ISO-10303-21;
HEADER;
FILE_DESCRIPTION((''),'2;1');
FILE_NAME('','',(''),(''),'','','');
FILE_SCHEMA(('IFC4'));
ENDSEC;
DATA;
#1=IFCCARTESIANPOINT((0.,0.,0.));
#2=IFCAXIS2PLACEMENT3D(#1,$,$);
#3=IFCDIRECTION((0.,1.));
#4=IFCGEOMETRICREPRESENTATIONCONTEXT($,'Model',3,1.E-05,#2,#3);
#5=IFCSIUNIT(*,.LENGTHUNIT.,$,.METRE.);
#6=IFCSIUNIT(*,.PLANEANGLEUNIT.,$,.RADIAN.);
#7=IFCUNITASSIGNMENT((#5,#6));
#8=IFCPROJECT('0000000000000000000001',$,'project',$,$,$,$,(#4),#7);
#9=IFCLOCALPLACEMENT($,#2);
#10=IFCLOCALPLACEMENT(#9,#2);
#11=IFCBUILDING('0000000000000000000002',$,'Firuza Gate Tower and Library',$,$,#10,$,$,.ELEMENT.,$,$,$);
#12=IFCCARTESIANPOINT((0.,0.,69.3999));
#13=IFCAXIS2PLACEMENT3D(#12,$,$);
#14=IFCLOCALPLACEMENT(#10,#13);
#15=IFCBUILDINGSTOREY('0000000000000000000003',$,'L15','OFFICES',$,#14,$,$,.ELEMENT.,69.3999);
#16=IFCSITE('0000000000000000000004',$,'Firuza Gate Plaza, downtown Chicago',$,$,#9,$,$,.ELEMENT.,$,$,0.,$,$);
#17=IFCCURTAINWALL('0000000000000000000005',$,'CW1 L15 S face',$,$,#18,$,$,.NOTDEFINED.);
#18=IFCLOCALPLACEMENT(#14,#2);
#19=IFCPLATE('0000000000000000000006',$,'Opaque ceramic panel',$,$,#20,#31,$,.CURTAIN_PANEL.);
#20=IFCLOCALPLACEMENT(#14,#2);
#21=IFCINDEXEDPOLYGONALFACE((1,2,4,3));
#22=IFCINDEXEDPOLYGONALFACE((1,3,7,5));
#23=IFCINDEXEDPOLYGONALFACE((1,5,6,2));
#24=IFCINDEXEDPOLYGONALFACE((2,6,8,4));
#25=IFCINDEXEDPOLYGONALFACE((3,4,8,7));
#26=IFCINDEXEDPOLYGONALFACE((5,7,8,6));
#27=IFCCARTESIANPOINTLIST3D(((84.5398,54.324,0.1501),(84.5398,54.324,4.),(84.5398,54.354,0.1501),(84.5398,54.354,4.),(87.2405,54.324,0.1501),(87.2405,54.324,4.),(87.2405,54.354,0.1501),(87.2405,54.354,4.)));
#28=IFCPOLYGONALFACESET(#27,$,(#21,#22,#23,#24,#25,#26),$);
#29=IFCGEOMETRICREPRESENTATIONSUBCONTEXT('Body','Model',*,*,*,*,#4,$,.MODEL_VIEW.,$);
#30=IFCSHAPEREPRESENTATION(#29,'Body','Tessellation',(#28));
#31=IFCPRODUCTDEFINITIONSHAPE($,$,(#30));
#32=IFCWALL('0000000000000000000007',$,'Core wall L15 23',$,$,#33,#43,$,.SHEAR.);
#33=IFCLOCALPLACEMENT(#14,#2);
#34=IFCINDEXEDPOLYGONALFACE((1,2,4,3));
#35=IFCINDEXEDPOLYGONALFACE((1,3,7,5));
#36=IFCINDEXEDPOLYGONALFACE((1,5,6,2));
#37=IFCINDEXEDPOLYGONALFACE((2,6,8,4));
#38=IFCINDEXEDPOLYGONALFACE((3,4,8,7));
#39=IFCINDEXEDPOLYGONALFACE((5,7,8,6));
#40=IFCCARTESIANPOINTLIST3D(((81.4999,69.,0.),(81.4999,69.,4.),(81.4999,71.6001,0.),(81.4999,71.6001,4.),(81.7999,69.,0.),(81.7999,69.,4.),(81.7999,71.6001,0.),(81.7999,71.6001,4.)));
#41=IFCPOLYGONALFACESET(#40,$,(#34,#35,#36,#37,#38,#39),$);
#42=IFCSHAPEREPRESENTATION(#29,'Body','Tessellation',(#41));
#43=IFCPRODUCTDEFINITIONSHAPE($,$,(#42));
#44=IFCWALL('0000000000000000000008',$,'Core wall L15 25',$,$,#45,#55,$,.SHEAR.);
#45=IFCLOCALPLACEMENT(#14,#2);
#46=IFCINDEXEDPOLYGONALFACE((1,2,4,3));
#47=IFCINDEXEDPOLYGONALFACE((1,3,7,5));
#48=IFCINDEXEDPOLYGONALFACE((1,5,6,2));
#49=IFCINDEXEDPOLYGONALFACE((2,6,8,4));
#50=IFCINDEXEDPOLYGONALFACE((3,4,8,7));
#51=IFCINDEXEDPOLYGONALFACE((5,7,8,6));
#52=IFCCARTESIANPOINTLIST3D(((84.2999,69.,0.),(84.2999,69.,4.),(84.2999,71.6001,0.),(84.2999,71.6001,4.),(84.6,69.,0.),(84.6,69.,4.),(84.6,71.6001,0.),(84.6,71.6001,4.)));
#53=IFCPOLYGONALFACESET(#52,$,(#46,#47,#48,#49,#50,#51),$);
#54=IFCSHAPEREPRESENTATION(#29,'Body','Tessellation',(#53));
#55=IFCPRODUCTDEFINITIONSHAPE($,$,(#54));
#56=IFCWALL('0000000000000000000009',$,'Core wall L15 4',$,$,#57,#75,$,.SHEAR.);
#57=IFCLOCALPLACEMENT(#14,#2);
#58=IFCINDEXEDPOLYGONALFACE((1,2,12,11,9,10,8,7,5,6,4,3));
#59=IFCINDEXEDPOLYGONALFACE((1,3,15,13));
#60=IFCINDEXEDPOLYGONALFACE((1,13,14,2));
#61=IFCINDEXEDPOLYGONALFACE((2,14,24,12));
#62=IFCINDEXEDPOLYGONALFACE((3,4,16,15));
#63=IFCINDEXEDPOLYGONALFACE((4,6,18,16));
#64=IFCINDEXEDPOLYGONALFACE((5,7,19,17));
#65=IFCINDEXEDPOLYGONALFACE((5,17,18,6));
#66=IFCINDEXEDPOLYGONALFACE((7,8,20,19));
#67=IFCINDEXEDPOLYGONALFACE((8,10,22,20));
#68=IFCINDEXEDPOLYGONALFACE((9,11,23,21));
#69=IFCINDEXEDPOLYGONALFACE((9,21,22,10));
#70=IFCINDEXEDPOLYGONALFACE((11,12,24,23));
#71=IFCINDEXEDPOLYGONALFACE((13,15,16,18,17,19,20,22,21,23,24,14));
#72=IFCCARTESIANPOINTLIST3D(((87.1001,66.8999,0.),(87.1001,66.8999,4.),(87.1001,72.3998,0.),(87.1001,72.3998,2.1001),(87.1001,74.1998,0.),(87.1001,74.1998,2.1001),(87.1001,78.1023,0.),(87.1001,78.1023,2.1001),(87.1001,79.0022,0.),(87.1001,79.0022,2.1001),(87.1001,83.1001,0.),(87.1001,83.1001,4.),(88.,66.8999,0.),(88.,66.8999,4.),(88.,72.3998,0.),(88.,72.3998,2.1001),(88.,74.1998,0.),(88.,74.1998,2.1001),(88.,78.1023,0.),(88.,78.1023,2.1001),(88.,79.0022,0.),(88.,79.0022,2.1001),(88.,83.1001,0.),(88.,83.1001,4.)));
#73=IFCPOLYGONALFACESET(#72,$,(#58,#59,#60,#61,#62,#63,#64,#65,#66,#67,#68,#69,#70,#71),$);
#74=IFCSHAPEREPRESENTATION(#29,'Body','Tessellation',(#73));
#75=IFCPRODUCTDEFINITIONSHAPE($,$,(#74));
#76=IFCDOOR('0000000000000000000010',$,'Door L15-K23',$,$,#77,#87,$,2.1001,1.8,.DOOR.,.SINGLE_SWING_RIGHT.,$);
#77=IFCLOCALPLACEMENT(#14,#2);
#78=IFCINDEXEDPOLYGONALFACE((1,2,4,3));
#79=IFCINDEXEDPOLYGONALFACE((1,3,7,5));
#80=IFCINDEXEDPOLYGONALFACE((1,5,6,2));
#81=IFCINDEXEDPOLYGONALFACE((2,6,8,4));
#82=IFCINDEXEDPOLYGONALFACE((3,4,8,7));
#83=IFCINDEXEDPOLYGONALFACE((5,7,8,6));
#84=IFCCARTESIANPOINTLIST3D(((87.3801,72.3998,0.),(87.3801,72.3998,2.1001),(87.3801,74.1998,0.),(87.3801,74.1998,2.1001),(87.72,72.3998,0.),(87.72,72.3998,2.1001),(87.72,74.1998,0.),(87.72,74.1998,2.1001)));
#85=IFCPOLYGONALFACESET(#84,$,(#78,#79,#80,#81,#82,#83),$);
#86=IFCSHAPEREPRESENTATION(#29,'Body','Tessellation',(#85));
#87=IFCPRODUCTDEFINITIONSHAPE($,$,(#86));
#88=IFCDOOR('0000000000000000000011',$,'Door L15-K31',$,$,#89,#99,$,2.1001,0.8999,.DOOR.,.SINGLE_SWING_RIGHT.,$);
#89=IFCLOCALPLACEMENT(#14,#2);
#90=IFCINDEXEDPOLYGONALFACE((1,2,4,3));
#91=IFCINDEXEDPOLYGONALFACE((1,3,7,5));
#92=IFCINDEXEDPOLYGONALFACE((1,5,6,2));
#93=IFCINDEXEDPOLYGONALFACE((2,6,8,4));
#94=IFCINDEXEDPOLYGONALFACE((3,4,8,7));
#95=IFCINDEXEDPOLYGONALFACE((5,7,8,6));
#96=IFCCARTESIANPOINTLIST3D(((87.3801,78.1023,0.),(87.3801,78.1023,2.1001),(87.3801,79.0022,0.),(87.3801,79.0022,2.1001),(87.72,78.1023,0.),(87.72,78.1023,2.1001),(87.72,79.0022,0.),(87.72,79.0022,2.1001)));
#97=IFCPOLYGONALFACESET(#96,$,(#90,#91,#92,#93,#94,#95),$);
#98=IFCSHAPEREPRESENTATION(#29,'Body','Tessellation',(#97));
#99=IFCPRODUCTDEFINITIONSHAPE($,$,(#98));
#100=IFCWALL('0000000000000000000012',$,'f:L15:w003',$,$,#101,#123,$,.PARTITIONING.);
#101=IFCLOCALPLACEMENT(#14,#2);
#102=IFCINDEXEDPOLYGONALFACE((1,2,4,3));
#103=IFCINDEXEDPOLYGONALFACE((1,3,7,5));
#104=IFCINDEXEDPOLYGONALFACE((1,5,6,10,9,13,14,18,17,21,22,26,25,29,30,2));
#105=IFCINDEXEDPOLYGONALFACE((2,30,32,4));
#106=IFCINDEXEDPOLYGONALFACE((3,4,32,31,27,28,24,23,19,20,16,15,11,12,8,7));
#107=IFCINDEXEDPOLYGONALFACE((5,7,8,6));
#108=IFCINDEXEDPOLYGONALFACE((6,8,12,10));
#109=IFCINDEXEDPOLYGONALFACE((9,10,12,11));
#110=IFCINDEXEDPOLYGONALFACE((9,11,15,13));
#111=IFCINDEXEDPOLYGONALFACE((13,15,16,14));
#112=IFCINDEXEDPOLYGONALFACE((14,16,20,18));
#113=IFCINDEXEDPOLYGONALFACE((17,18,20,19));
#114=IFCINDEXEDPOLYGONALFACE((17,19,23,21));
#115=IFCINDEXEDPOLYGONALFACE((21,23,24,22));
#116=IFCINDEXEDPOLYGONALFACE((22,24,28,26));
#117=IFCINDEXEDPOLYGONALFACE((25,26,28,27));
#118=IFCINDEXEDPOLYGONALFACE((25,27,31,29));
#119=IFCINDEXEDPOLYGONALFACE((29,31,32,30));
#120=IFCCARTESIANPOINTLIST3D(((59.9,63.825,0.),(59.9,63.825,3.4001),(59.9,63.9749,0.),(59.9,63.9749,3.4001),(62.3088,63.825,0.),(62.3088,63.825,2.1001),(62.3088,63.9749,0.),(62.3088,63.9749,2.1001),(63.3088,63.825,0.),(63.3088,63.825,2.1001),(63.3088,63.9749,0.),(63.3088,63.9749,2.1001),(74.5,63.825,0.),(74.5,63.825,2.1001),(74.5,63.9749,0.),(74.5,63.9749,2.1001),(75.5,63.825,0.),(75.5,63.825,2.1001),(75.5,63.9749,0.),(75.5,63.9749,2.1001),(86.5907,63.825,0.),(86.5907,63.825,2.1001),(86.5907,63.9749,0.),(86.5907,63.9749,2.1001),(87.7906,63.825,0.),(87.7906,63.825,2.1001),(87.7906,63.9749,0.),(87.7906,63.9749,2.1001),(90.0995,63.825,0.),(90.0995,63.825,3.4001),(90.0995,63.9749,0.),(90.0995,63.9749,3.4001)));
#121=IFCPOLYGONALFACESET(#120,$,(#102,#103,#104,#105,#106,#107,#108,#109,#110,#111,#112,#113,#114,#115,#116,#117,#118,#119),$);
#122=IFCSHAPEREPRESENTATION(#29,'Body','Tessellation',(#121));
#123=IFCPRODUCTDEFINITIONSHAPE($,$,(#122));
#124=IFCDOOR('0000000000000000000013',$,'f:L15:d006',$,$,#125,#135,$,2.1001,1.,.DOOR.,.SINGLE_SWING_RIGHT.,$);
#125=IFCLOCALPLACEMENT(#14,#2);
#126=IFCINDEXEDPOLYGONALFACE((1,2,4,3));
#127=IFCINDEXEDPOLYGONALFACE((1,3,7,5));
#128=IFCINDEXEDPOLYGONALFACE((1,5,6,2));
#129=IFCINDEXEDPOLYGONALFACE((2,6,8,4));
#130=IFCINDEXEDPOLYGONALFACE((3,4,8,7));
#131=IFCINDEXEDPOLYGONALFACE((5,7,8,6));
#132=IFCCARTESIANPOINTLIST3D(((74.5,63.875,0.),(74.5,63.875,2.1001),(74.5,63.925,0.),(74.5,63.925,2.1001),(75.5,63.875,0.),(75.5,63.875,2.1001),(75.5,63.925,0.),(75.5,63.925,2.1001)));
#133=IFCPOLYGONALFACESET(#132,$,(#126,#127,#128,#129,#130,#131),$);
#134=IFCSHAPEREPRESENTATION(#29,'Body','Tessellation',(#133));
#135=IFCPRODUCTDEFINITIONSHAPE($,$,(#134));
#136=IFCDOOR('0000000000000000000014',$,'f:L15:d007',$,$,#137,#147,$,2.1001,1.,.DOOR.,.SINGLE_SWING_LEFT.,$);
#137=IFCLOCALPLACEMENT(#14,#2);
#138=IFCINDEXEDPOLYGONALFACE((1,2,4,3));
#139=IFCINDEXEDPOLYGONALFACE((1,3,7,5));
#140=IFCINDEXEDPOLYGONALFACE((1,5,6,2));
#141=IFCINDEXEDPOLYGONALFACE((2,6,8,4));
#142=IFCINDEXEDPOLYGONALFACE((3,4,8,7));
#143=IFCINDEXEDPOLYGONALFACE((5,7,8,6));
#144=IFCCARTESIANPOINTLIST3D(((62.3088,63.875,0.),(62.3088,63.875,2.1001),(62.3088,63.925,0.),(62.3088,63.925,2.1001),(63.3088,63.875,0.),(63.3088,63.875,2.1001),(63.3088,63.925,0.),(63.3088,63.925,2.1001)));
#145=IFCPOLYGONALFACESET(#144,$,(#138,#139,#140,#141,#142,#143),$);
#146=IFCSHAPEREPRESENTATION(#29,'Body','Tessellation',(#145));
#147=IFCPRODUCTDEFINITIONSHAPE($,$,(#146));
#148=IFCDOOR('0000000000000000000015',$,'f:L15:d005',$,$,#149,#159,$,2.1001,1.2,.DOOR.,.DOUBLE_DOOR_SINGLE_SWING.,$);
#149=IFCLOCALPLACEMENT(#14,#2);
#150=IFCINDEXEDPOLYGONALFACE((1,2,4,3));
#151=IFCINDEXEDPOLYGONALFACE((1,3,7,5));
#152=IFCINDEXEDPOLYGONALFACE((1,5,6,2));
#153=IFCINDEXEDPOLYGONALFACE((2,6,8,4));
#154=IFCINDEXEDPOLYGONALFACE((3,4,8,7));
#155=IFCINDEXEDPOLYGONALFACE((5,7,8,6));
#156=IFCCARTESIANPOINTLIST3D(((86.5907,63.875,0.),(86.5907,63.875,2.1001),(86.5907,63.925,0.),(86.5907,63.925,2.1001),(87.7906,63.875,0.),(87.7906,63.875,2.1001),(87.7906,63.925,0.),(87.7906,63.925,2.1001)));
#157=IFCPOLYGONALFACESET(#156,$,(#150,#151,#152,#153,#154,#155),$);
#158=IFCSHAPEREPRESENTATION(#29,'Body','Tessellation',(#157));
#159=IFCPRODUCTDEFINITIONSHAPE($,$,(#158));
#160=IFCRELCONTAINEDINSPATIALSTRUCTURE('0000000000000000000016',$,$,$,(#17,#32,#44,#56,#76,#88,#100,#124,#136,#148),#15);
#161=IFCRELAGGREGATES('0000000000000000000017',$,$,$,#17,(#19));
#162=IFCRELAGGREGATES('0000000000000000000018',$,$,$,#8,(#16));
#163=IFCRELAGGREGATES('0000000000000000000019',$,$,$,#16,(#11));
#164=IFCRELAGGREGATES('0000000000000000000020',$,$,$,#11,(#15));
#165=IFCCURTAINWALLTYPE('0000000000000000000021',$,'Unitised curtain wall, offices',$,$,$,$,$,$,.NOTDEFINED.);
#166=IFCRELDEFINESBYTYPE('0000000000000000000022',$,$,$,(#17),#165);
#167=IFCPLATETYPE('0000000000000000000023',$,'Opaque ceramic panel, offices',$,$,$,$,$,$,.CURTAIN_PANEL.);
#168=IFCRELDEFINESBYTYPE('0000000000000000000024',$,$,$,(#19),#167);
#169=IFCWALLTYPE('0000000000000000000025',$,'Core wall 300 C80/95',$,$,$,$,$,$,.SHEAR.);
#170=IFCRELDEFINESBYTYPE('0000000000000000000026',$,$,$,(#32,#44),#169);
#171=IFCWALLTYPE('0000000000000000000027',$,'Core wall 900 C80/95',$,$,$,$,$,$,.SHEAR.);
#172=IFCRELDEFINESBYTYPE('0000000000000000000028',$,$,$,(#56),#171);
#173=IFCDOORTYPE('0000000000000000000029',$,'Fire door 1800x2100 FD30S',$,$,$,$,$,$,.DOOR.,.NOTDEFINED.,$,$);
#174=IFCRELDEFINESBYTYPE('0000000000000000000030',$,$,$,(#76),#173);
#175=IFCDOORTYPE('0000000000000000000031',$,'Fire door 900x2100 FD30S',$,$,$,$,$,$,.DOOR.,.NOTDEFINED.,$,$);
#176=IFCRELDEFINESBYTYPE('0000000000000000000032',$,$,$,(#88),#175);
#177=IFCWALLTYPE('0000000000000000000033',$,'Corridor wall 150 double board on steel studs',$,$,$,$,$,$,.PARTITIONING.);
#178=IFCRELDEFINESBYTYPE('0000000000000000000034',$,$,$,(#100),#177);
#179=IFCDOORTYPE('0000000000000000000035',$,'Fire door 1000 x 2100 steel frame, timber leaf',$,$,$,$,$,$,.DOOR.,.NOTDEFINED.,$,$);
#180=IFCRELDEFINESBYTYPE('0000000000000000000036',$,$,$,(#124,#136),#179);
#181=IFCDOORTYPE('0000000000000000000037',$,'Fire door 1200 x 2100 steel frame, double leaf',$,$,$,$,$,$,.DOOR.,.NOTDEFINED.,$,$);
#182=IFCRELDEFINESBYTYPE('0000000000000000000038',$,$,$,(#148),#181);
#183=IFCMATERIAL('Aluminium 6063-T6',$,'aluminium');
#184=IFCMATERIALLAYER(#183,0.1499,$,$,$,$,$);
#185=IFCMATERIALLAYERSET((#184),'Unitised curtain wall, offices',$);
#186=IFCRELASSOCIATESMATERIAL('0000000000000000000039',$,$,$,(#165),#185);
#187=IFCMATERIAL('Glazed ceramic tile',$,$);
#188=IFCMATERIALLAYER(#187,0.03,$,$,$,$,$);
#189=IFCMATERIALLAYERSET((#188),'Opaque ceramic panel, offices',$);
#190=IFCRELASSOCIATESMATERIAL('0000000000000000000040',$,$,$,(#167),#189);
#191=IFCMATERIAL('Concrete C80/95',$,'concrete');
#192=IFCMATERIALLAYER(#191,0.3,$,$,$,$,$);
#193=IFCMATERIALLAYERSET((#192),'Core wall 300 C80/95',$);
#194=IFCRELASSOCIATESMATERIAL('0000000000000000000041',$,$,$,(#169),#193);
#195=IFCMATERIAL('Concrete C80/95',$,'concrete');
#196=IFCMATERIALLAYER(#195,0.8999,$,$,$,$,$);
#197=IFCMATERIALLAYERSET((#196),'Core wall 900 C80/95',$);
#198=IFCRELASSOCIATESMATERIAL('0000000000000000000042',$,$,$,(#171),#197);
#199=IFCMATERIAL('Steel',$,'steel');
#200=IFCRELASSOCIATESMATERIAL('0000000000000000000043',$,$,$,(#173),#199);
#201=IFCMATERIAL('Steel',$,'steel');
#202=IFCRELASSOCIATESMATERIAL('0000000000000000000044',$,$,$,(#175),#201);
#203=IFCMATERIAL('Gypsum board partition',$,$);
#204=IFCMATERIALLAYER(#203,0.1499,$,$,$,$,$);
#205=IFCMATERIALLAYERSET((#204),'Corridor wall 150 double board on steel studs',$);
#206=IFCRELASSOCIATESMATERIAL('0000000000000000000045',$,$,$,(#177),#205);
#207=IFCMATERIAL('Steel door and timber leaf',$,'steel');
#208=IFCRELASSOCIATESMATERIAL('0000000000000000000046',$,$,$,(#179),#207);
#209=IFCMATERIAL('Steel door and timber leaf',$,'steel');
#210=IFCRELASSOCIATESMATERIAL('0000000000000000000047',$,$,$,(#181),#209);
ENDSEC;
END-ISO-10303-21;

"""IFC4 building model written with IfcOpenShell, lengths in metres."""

from ifc_helpers import new_model, si_unit, direction, frame, frame_2d, origin, place, context, subcontext, project, spatial, polyline, rectangle, outline, extrude, material, layer, layer_set, type_object, element, fill, aggregate, save


model = new_model("IFC4")

# Units and contexts
model_context = context("Model", 3, precision=1e-05, world=origin(), true_north=direction((0.0, 1.0)))
body_context = subcontext(model_context, "Body", "Model", "MODEL_VIEW")
ifc_project = project(units=[si_unit("LENGTHUNIT", "METRE"), si_unit("PLANEANGLEUNIT", "RADIAN")], contexts=[model_context])

# Site, building, storey
site_placement = place(None, origin())
site = spatial("IfcSite", under=ifc_project, at=site_placement, Name="Firuza Gate Plaza, downtown Chicago", CompositionType="ELEMENT", RefElevation=0.0)
building_placement = place(site_placement, origin())
building = spatial("IfcBuilding", under=site, at=building_placement, Name="Firuza Gate Tower and Library", CompositionType="ELEMENT")
storey_placement = place(building_placement, frame((0.0, 0.0, 69.3999)))
storey = spatial("IfcBuildingStorey", under=building, at=storey_placement, Name="L15", Description="OFFICES", CompositionType="ELEMENT", Elevation=69.3999)

# Curtain wall
ifc_material_1 = material(Name="Aluminium 6063-T6", Category="aluminium")
ifc_layer_1 = layer(ifc_material_1, 0.1499)
ifc_layer_set_1 = layer_set([ifc_layer_1], Name="Unitised curtain wall, offices")
curtain_wall_type = type_object("IfcCurtainWallType", Name="Unitised curtain wall, offices", PredefinedType="NOTDEFINED", material=ifc_layer_set_1)
curtain_wall_placement = place(storey_placement, origin())
curtain_wall = element("IfcCurtainWall", 1, at=curtain_wall_placement, inside=storey, type_object=curtain_wall_type, Name="CW1 L15 S face", PredefinedType="NOTDEFINED")

# Plate
ifc_material_2 = material(Name="Glazed ceramic tile")
ifc_layer_2 = layer(ifc_material_2, 0.03)
ifc_layer_set_2 = layer_set([ifc_layer_2], Name="Opaque ceramic panel, offices")
plate_type_1 = type_object("IfcPlateType", Name="Opaque ceramic panel, offices", PredefinedType="CURTAIN_PANEL", material=ifc_layer_set_2)
plate_1_placement = place(storey_placement, frame((84.5398, 54.324, 0.1501), z_axis=(0.0, -1.0, 0.0), x_axis=(1.0, 0.0, 0.0)))
plate_1 = element("IfcPlate", 2, at=plate_1_placement, type_object=plate_type_1, Name="Opaque ceramic panel", PredefinedType="CURTAIN_PANEL", context=body_context, shape_type="SweptSolid", body=[
    extrude(outline(polyline([(0.0, 0.0), (2.7007, 0.0), (2.7007, 3.8499), (0.0, 3.8499), (0.0, 0.0)])), origin(), (0.0, 0.0, -1.0), 0.03),
])
aggregate(curtain_wall, [plate_1])

# Walls
ifc_material_3 = material(Name="Concrete C80/95", Category="concrete")
ifc_layer_3 = layer(ifc_material_3, 0.3)
ifc_layer_set_3 = layer_set([ifc_layer_3], Name="Core wall 300 C80/95")
wall_type_1 = type_object("IfcWallType", Name="Core wall 300 C80/95", PredefinedType="SHEAR", material=ifc_layer_set_3)
for number, where, z_axis, x_axis, name in (
    (3, (81.6499, 69.0, 0.0), (0.0, 0.0, 1.0), (0.0, 1.0, 0.0), "Core wall L15 23"),
    (4, (84.45, 69.0, 0.0), (0.0, 0.0, 1.0), (0.0, 1.0, 0.0), "Core wall L15 25"),
):
    element("IfcWall", number, at=place(storey_placement, frame(where, z_axis=z_axis, x_axis=x_axis)), inside=storey, type_object=wall_type_1, Name=name, PredefinedType="SHEAR", context=body_context, shape_type="SweptSolid", body=[
        extrude(rectangle(XDim=2.6001, YDim=0.3, at=frame_2d((1.3, 0.0))), origin(), (0.0, 0.0, 1.0), 4.0),
    ])

# Walls, openings, doors
ifc_material_4 = material(Name="Concrete C80/95", Category="concrete")
ifc_layer_4 = layer(ifc_material_4, 0.8999)
ifc_layer_set_4 = layer_set([ifc_layer_4], Name="Core wall 900 C80/95")
wall_type_2 = type_object("IfcWallType", Name="Core wall 900 C80/95", PredefinedType="SHEAR", material=ifc_layer_set_4)
wall_1_placement = place(storey_placement, frame((87.55, 66.8999, 0.0), z_axis=(0.0, 0.0, 1.0), x_axis=(0.0, 1.0, 0.0)))
wall_1 = element("IfcWall", 5, at=wall_1_placement, inside=storey, type_object=wall_type_2, Name="Core wall L15 4", PredefinedType="SHEAR", context=body_context, shape_type="SweptSolid", body=[
    extrude(rectangle(XDim=16.2002, YDim=0.8999, at=frame_2d((8.1001, 0.0))), origin(), (0.0, 0.0, 1.0), 4.0),
])
opening_1_placement = place(wall_1_placement, frame((5.5, 0.0, 0.0)))
opening_1 = element("IfcOpeningElement", 6, at=opening_1_placement, cuts=wall_1, PredefinedType="OPENING", context=body_context, shape_type="SweptSolid", body=[
    extrude(rectangle(XDim=1.8, YDim=2.1001, at=frame_2d((0.8999, 1.05))), frame((0.0, 0.46, 0.0), z_axis=(0.0, -1.0, 0.0), x_axis=(1.0, 0.0, 0.0)), (0.0, 0.0, 1.0), 0.9199),
])
opening_2_placement = place(wall_1_placement, frame((11.2024, 0.0, 0.0)))
opening_2 = element("IfcOpeningElement", 7, at=opening_2_placement, cuts=wall_1, PredefinedType="OPENING", context=body_context, shape_type="SweptSolid", body=[
    extrude(rectangle(XDim=0.8999, YDim=2.1001, at=frame_2d((0.45, 1.05))), frame((0.0, 0.46, 0.0), z_axis=(0.0, -1.0, 0.0), x_axis=(1.0, 0.0, 0.0)), (0.0, 0.0, 1.0), 0.9199),
])
ifc_material_5 = material(Name="Steel", Category="steel")
door_type_1 = type_object("IfcDoorType", Name="Fire door 1800x2100 FD30S", OperationType="NOTDEFINED", PredefinedType="DOOR", material=ifc_material_5)
door_1_placement = place(opening_1_placement, origin())
door_1 = element("IfcDoor", 8, at=door_1_placement, inside=storey, type_object=door_type_1, Name="Door L15-K23", OperationType="SINGLE_SWING_RIGHT", OverallHeight=2.1001, OverallWidth=1.8, PredefinedType="DOOR", context=body_context, shape_type="SweptSolid", body=[
    extrude(rectangle(XDim=1.8, YDim=2.1001, at=frame_2d((0.8999, 1.05))), frame((0.0, 0.1699, 0.0), z_axis=(0.0, -1.0, 0.0), x_axis=(1.0, 0.0, 0.0)), (0.0, 0.0, 1.0), 0.3398),
])
fill(opening_1, door_1)
ifc_material_6 = material(Name="Steel", Category="steel")
door_type_2 = type_object("IfcDoorType", Name="Fire door 900x2100 FD30S", OperationType="NOTDEFINED", PredefinedType="DOOR", material=ifc_material_6)
door_2_placement = place(opening_2_placement, origin())
door_2 = element("IfcDoor", 9, at=door_2_placement, inside=storey, type_object=door_type_2, Name="Door L15-K31", OperationType="SINGLE_SWING_RIGHT", OverallHeight=2.1001, OverallWidth=0.8999, PredefinedType="DOOR", context=body_context, shape_type="SweptSolid", body=[
    extrude(rectangle(XDim=0.8999, YDim=2.1001, at=frame_2d((0.45, 1.05))), frame((0.0, 0.1699, 0.0), z_axis=(0.0, -1.0, 0.0), x_axis=(1.0, 0.0, 0.0)), (0.0, 0.0, 1.0), 0.3398),
])
fill(opening_2, door_2)
ifc_material_7 = material(Name="Gypsum board partition")
ifc_layer_5 = layer(ifc_material_7, 0.1499)
ifc_layer_set_5 = layer_set([ifc_layer_5], Name="Corridor wall 150 double board on steel studs")
wall_type_3 = type_object("IfcWallType", Name="Corridor wall 150 double board on steel studs", PredefinedType="PARTITIONING", material=ifc_layer_set_5)
wall_2_placement = place(storey_placement, frame((90.0994, 63.8999, 0.0), z_axis=(0.0, 0.0, 1.0), x_axis=(-1.0, 0.0, 0.0)))
wall_2 = element("IfcWall", 10, at=wall_2_placement, inside=storey, type_object=wall_type_3, Name="f:L15:w003", PredefinedType="PARTITIONING", context=body_context, shape_type="SweptSolid", body=[
    extrude(rectangle(XDim=30.1995, YDim=0.1499, at=frame_2d((15.0996, 0.0))), origin(), (0.0, 0.0, 1.0), 3.4001),
])
opening_3_placement = place(wall_2_placement, frame((2.3086, 0.0, 0.0)))
opening_3 = element("IfcOpeningElement", 11, at=opening_3_placement, cuts=wall_2, PredefinedType="OPENING", context=body_context, shape_type="SweptSolid", body=[
    extrude(rectangle(XDim=1.2, YDim=2.1001, at=frame_2d((0.6001, 1.05))), frame((0.0, 0.085, 0.0), z_axis=(0.0, -1.0, 0.0), x_axis=(1.0, 0.0, 0.0)), (0.0, 0.0, 1.0), 0.1699),
])
opening_4_placement = place(wall_2_placement, frame((14.5994, 0.0, 0.0)))
opening_4 = element("IfcOpeningElement", 12, at=opening_4_placement, cuts=wall_2, PredefinedType="OPENING", context=body_context, shape_type="SweptSolid", body=[
    extrude(rectangle(XDim=1.0, YDim=2.1001, at=frame_2d((0.5, 1.05))), frame((0.0, 0.085, 0.0), z_axis=(0.0, -1.0, 0.0), x_axis=(1.0, 0.0, 0.0)), (0.0, 0.0, 1.0), 0.1699),
])
opening_5_placement = place(wall_2_placement, frame((26.7905, 0.0, 0.0)))
opening_5 = element("IfcOpeningElement", 13, at=opening_5_placement, cuts=wall_2, PredefinedType="OPENING", context=body_context, shape_type="SweptSolid", body=[
    extrude(rectangle(XDim=1.0, YDim=2.1001, at=frame_2d((0.5, 1.05))), frame((0.0, 0.085, 0.0), z_axis=(0.0, -1.0, 0.0), x_axis=(1.0, 0.0, 0.0)), (0.0, 0.0, 1.0), 0.1699),
])
ifc_material_8 = material(Name="Steel door and timber leaf", Category="steel")
door_type_3 = type_object("IfcDoorType", Name="Fire door 1000 x 2100 steel frame, timber leaf", OperationType="NOTDEFINED", PredefinedType="DOOR", material=ifc_material_8)
door_3_placement = place(opening_4_placement, origin())
door_3 = element("IfcDoor", 14, at=door_3_placement, inside=storey, type_object=door_type_3, Name="f:L15:d006", OperationType="SINGLE_SWING_RIGHT", OverallHeight=2.1001, OverallWidth=1.0, PredefinedType="DOOR", context=body_context, shape_type="SweptSolid", body=[
    extrude(rectangle(XDim=1.0, YDim=2.1001, at=frame_2d((0.5, 1.05))), frame((0.0, 0.0249, 0.0), z_axis=(0.0, -1.0, 0.0), x_axis=(1.0, 0.0, 0.0)), (0.0, 0.0, 1.0), 0.05),
])
fill(opening_4, door_3)
door_4_placement = place(opening_5_placement, origin())
door_4 = element("IfcDoor", 15, at=door_4_placement, inside=storey, type_object=door_type_3, Name="f:L15:d007", OperationType="SINGLE_SWING_LEFT", OverallHeight=2.1001, OverallWidth=1.0, PredefinedType="DOOR", context=body_context, shape_type="SweptSolid", body=[
    extrude(rectangle(XDim=1.0, YDim=2.1001, at=frame_2d((0.5, 1.05))), frame((0.0, 0.0249, 0.0), z_axis=(0.0, -1.0, 0.0), x_axis=(1.0, 0.0, 0.0)), (0.0, 0.0, 1.0), 0.05),
])
fill(opening_5, door_4)
ifc_material_9 = material(Name="Steel door and timber leaf", Category="steel")
door_type_4 = type_object("IfcDoorType", Name="Fire door 1200 x 2100 steel frame, double leaf", OperationType="NOTDEFINED", PredefinedType="DOOR", material=ifc_material_9)
door_5_placement = place(opening_3_placement, origin())
door_5 = element("IfcDoor", 16, at=door_5_placement, inside=storey, type_object=door_type_4, Name="f:L15:d005", OperationType="DOUBLE_DOOR_SINGLE_SWING", OverallHeight=2.1001, OverallWidth=1.2, PredefinedType="DOOR", context=body_context, shape_type="SweptSolid", body=[
    extrude(rectangle(XDim=1.2, YDim=2.1001, at=frame_2d((0.6001, 1.05))), frame((0.0, 0.0249, 0.0), z_axis=(0.0, -1.0, 0.0), x_axis=(1.0, 0.0, 0.0)), (0.0, 0.0, 1.0), 0.05),
])
fill(opening_3, door_5)

save(model, "model.ifc")
